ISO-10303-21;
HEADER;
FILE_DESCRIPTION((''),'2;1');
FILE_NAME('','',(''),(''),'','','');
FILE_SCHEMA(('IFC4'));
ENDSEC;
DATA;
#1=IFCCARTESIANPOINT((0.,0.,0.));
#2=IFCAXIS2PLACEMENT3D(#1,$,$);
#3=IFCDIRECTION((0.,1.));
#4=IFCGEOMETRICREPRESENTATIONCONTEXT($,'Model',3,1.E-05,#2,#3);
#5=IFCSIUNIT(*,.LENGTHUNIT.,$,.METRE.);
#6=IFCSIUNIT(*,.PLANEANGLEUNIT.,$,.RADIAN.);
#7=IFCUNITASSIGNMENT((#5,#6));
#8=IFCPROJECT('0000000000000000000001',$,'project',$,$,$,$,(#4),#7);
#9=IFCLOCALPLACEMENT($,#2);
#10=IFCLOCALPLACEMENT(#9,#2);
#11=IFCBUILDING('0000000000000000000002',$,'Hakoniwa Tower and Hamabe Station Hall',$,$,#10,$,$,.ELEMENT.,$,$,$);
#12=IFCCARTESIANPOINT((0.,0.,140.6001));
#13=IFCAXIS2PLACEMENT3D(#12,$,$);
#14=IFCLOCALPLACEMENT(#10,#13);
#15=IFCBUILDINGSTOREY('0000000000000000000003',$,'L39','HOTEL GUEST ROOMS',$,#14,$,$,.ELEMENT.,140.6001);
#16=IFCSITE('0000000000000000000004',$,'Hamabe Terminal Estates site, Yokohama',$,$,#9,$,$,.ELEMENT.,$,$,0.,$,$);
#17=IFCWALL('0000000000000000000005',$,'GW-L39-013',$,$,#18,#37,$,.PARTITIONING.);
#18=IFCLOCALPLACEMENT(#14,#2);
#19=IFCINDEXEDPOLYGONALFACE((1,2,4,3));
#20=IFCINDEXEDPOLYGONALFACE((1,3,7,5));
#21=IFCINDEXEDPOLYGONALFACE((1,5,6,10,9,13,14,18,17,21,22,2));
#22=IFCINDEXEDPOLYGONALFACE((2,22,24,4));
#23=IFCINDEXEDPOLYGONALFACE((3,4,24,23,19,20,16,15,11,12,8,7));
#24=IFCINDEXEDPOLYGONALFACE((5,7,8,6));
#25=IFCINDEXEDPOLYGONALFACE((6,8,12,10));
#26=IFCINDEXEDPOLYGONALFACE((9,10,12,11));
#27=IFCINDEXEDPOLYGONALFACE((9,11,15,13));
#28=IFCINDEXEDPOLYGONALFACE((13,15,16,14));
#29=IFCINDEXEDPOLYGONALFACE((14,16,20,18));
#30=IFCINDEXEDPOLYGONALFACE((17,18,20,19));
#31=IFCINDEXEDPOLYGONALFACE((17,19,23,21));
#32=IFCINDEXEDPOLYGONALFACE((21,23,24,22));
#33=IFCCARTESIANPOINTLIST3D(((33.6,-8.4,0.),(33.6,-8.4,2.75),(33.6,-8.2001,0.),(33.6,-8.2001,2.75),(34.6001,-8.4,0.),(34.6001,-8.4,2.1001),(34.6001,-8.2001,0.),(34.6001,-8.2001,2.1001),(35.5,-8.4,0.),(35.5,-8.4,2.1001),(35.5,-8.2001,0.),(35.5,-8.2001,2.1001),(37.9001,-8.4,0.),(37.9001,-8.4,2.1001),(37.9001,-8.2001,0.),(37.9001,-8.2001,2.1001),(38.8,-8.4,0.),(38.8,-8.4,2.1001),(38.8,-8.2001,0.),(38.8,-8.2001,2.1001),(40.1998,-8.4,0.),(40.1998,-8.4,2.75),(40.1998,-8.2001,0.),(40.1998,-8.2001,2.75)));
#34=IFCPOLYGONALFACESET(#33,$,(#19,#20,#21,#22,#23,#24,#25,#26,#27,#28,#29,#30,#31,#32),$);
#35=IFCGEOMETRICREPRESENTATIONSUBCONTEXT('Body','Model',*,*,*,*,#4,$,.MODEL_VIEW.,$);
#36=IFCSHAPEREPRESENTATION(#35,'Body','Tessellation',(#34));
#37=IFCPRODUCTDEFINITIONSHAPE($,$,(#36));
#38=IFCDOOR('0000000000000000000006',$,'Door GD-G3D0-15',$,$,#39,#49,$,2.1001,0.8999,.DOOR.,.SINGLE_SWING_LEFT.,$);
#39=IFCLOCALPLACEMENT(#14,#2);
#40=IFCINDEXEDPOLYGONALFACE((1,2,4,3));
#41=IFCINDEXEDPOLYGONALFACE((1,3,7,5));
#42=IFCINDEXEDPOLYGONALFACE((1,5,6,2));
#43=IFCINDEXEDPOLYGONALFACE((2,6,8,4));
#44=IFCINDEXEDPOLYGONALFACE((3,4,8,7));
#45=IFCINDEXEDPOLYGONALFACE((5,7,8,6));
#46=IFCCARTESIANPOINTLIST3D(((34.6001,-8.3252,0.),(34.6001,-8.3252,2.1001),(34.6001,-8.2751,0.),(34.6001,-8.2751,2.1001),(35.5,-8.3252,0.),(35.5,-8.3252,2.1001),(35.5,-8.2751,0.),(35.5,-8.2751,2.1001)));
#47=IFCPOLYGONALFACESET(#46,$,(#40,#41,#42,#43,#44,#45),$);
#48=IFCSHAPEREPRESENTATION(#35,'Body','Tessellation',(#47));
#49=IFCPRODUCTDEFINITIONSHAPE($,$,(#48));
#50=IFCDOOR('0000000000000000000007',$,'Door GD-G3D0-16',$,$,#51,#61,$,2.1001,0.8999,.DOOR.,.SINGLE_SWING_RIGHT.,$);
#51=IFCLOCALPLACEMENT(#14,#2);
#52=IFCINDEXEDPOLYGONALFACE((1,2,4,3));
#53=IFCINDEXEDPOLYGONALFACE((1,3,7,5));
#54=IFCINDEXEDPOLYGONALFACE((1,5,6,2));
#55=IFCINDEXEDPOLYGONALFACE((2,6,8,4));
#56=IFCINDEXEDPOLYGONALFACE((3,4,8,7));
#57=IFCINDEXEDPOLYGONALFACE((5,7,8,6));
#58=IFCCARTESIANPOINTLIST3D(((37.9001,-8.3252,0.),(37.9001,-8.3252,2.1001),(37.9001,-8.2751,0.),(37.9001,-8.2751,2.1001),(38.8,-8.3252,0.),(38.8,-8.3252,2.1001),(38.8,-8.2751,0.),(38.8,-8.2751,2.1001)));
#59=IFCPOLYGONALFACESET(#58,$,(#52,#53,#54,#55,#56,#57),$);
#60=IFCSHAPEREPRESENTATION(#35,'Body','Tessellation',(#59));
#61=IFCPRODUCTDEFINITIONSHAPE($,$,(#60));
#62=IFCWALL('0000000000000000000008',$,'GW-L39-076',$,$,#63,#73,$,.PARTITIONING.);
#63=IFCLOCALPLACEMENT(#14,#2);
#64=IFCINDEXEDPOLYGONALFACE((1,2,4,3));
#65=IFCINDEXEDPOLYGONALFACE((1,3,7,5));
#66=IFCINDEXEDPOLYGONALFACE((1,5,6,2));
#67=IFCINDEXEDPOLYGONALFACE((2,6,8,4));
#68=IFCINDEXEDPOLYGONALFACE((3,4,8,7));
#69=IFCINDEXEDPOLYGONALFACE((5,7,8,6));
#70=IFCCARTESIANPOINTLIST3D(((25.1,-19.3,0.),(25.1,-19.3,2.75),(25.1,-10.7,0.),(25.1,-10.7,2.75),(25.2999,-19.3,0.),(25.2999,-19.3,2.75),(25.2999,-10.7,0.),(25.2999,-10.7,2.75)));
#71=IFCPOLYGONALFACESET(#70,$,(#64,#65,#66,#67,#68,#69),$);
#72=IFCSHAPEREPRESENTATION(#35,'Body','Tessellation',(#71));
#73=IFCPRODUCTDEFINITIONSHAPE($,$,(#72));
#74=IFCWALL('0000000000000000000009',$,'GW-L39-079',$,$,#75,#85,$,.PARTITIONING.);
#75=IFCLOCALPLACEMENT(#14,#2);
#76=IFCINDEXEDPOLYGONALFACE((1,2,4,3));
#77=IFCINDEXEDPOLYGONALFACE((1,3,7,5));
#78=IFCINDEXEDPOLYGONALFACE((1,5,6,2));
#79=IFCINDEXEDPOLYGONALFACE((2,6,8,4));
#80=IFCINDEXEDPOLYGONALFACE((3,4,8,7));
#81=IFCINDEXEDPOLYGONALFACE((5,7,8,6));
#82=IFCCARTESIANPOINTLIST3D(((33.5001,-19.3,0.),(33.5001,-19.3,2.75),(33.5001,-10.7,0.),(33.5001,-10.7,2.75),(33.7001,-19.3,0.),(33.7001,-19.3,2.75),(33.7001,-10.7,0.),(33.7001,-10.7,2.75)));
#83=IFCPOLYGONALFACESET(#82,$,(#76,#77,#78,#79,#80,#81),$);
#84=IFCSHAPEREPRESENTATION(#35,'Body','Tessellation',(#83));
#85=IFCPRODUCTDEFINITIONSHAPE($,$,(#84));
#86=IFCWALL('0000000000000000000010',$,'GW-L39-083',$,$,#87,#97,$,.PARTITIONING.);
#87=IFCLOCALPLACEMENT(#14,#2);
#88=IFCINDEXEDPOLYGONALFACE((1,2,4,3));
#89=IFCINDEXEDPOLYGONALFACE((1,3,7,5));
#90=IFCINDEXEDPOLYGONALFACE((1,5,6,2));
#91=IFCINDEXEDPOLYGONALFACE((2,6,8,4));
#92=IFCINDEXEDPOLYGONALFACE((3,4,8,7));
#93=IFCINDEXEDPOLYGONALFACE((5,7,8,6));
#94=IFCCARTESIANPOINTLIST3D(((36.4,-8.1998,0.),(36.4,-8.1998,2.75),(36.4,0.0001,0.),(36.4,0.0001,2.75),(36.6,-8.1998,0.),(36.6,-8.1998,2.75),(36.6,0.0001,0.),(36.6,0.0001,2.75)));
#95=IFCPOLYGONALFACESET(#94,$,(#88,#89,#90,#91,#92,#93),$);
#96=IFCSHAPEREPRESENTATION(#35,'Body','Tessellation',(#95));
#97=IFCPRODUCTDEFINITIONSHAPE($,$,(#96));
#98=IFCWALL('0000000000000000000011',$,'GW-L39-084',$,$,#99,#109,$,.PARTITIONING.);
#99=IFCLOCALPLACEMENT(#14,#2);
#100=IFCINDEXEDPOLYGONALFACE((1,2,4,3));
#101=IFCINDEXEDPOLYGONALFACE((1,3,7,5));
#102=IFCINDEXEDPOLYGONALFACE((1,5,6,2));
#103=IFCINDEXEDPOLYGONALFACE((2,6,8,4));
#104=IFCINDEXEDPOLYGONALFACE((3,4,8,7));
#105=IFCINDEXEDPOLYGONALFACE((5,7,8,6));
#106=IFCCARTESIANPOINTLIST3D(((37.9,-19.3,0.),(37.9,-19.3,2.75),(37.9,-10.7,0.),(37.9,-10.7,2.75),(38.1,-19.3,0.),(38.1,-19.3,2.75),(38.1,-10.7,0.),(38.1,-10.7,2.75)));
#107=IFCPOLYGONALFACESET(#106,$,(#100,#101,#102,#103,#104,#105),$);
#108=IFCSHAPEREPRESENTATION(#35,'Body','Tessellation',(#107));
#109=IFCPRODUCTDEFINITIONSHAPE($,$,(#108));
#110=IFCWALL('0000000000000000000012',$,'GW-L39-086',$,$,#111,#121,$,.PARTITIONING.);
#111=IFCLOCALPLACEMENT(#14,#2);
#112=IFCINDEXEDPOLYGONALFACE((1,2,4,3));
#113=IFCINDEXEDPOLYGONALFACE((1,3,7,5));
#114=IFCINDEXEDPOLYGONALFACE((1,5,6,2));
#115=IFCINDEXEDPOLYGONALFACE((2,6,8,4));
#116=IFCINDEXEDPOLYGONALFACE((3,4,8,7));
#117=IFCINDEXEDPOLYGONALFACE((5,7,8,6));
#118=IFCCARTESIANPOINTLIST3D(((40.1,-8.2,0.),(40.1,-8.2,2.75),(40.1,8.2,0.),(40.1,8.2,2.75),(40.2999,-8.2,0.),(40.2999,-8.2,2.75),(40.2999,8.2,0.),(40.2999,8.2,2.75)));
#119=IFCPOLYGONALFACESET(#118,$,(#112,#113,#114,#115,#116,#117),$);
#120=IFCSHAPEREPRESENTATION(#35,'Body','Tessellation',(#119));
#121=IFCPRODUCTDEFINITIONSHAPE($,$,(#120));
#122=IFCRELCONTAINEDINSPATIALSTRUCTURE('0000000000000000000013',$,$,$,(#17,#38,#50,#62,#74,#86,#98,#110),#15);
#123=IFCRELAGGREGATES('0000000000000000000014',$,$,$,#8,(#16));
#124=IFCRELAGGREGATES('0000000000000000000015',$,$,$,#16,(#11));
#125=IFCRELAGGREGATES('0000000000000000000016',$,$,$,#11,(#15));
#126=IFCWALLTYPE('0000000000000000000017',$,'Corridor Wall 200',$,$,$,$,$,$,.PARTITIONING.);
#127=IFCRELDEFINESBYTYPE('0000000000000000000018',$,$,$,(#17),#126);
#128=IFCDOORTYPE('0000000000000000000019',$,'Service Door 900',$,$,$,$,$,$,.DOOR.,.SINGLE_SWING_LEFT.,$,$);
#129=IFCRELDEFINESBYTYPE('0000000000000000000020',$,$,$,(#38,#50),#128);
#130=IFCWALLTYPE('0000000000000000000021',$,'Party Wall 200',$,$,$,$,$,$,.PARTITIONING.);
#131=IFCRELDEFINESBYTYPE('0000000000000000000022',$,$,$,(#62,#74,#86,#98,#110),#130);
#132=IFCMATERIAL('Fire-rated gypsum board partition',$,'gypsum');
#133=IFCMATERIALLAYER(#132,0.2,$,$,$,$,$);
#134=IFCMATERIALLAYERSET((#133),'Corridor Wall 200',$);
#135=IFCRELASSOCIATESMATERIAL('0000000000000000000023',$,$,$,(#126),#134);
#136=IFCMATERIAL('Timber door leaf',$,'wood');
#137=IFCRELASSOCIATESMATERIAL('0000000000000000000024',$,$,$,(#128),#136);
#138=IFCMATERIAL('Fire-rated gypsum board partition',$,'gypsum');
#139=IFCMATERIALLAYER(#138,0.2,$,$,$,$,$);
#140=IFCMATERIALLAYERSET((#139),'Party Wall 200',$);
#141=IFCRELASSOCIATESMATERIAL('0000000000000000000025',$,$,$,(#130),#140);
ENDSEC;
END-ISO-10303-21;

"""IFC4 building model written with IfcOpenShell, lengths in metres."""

from ifc_helpers import new_model, si_unit, direction, frame, frame_2d, origin, place, context, subcontext, project, spatial, rectangle, extrude, material, layer, layer_set, type_object, element, fill, save


model = new_model("IFC4")

# Units and contexts
model_context = context("Model", 3, precision=1e-05, world=origin(), true_north=direction((0.0, 1.0)))
body_context = subcontext(model_context, "Body", "Model", "MODEL_VIEW")
ifc_project = project(units=[si_unit("LENGTHUNIT", "METRE"), si_unit("PLANEANGLEUNIT", "RADIAN")], contexts=[model_context])

# Site, building, storey
site_placement = place(None, origin())
site = spatial("IfcSite", under=ifc_project, at=site_placement, Name="Hamabe Terminal Estates site, Yokohama", CompositionType="ELEMENT", RefElevation=0.0)
building_placement = place(site_placement, origin())
building = spatial("IfcBuilding", under=site, at=building_placement, Name="Hakoniwa Tower and Hamabe Station Hall", CompositionType="ELEMENT")
storey_placement = place(building_placement, frame((0.0, 0.0, 140.6001)))
storey = spatial("IfcBuildingStorey", under=building, at=storey_placement, Name="L39", Description="HOTEL GUEST ROOMS", CompositionType="ELEMENT", Elevation=140.6001)

# Wall, openings, doors
ifc_material_1 = material(Name="Fire-rated gypsum board partition", Category="gypsum")
ifc_layer_1 = layer(ifc_material_1, 0.2)
ifc_layer_set_1 = layer_set([ifc_layer_1], Name="Corridor Wall 200")
wall_type_1 = type_object("IfcWallType", Name="Corridor Wall 200", PredefinedType="PARTITIONING", material=ifc_layer_set_1)
wall_1_placement = place(storey_placement, frame((33.6001, -8.3, 0.0), z_axis=(0.0, 0.0, 1.0), x_axis=(1.0, 0.0, 0.0)))
wall_1 = element("IfcWall", 1, at=wall_1_placement, inside=storey, type_object=wall_type_1, Name="GW-L39-013", PredefinedType="PARTITIONING", context=body_context, shape_type="SweptSolid", body=[
    extrude(rectangle(XDim=6.5999, YDim=0.2, at=frame_2d((3.2998, 0.0))), origin(), (0.0, 0.0, 1.0), 2.75),
])
opening_1_placement = place(wall_1_placement, frame((1.0, 0.0, 0.0)))
opening_1 = element("IfcOpeningElement", 2, at=opening_1_placement, cuts=wall_1, PredefinedType="OPENING", context=body_context, shape_type="SweptSolid", body=[
    extrude(rectangle(XDim=0.8999, YDim=2.1001, at=frame_2d((0.45, 1.05))), frame((0.0, 0.1099, 0.0), z_axis=(0.0, -1.0, 0.0), x_axis=(1.0, 0.0, 0.0)), (0.0, 0.0, 1.0), 0.22),
])
opening_2_placement = place(wall_1_placement, frame((4.3, 0.0, 0.0)))
opening_2 = element("IfcOpeningElement", 3, at=opening_2_placement, cuts=wall_1, PredefinedType="OPENING", context=body_context, shape_type="SweptSolid", body=[
    extrude(rectangle(XDim=0.8999, YDim=2.1001, at=frame_2d((0.45, 1.05))), frame((0.0, 0.1099, 0.0), z_axis=(0.0, -1.0, 0.0), x_axis=(1.0, 0.0, 0.0)), (0.0, 0.0, 1.0), 0.22),
])
ifc_material_2 = material(Name="Timber door leaf", Category="wood")
door_type_1 = type_object("IfcDoorType", Name="Service Door 900", OperationType="SINGLE_SWING_LEFT", PredefinedType="DOOR", material=ifc_material_2)
door_1_placement = place(opening_1_placement, origin())
door_1 = element("IfcDoor", 4, at=door_1_placement, inside=storey, type_object=door_type_1, Name="Door GD-G3D0-15", OperationType="SINGLE_SWING_LEFT", OverallHeight=2.1001, OverallWidth=0.8999, PredefinedType="DOOR", context=body_context, shape_type="SweptSolid", body=[
    extrude(rectangle(XDim=0.8999, YDim=2.1001, at=frame_2d((0.45, 1.05))), frame((0.0, 0.0249, 0.0), z_axis=(0.0, -1.0, 0.0), x_axis=(1.0, 0.0, 0.0)), (0.0, 0.0, 1.0), 0.05),
])
fill(opening_1, door_1)
door_2_placement = place(opening_2_placement, origin())
door_2 = element("IfcDoor", 5, at=door_2_placement, inside=storey, type_object=door_type_1, Name="Door GD-G3D0-16", OperationType="SINGLE_SWING_RIGHT", OverallHeight=2.1001, OverallWidth=0.8999, PredefinedType="DOOR", context=body_context, shape_type="SweptSolid", body=[
    extrude(rectangle(XDim=0.8999, YDim=2.1001, at=frame_2d((0.45, 1.05))), frame((0.0, 0.0249, 0.0), z_axis=(0.0, -1.0, 0.0), x_axis=(1.0, 0.0, 0.0)), (0.0, 0.0, 1.0), 0.05),
])
fill(opening_2, door_2)

# Walls
ifc_material_3 = material(Name="Fire-rated gypsum board partition", Category="gypsum")
ifc_layer_2 = layer(ifc_material_3, 0.2)
ifc_layer_set_2 = layer_set([ifc_layer_2], Name="Party Wall 200")
wall_type_2 = type_object("IfcWallType", Name="Party Wall 200", PredefinedType="PARTITIONING", material=ifc_layer_set_2)
for number, where, z_axis, x_axis, name in (
    (6, (25.2, -19.3, 0.0), (0.0, 0.0, 1.0), (0.0, 1.0, 0.0), "GW-L39-076"),
    (7, (33.6001, -19.3, 0.0), (0.0, 0.0, 1.0), (0.0, 1.0, 0.0), "GW-L39-079"),
):
    element("IfcWall", number, at=place(storey_placement, frame(where, z_axis=z_axis, x_axis=x_axis)), inside=storey, type_object=wall_type_2, Name=name, PredefinedType="PARTITIONING", context=body_context, shape_type="SweptSolid", body=[
        extrude(rectangle(XDim=8.6001, YDim=0.2, at=frame_2d((4.3, 0.0))), origin(), (0.0, 0.0, 1.0), 2.75),
    ])
wall_2_placement = place(storey_placement, frame((36.5, -8.2, 0.0), z_axis=(0.0, 0.0, 1.0), x_axis=(0.0, 1.0, 0.0)))
element("IfcWall", 8, at=wall_2_placement, inside=storey, type_object=wall_type_2, Name="GW-L39-083", PredefinedType="PARTITIONING", context=body_context, shape_type="SweptSolid", body=[
    extrude(rectangle(XDim=8.2, YDim=0.2, at=frame_2d((4.1001, 0.0))), origin(), (0.0, 0.0, 1.0), 2.75),
])
wall_3_placement = place(storey_placement, frame((38.0, -19.3, 0.0), z_axis=(0.0, 0.0, 1.0), x_axis=(0.0, 1.0, 0.0)))
element("IfcWall", 9, at=wall_3_placement, inside=storey, type_object=wall_type_2, Name="GW-L39-084", PredefinedType="PARTITIONING", context=body_context, shape_type="SweptSolid", body=[
    extrude(rectangle(XDim=8.6001, YDim=0.2, at=frame_2d((4.3, 0.0))), origin(), (0.0, 0.0, 1.0), 2.75),
])
wall_4_placement = place(storey_placement, frame((40.2, -8.2, 0.0), z_axis=(0.0, 0.0, 1.0), x_axis=(0.0, 1.0, 0.0)))
element("IfcWall", 10, at=wall_4_placement, inside=storey, type_object=wall_type_2, Name="GW-L39-086", PredefinedType="PARTITIONING", context=body_context, shape_type="SweptSolid", body=[
    extrude(rectangle(XDim=16.3999, YDim=0.2, at=frame_2d((8.2, 0.0))), origin(), (0.0, 0.0, 1.0), 2.75),
])

save(model, "model.ifc")
